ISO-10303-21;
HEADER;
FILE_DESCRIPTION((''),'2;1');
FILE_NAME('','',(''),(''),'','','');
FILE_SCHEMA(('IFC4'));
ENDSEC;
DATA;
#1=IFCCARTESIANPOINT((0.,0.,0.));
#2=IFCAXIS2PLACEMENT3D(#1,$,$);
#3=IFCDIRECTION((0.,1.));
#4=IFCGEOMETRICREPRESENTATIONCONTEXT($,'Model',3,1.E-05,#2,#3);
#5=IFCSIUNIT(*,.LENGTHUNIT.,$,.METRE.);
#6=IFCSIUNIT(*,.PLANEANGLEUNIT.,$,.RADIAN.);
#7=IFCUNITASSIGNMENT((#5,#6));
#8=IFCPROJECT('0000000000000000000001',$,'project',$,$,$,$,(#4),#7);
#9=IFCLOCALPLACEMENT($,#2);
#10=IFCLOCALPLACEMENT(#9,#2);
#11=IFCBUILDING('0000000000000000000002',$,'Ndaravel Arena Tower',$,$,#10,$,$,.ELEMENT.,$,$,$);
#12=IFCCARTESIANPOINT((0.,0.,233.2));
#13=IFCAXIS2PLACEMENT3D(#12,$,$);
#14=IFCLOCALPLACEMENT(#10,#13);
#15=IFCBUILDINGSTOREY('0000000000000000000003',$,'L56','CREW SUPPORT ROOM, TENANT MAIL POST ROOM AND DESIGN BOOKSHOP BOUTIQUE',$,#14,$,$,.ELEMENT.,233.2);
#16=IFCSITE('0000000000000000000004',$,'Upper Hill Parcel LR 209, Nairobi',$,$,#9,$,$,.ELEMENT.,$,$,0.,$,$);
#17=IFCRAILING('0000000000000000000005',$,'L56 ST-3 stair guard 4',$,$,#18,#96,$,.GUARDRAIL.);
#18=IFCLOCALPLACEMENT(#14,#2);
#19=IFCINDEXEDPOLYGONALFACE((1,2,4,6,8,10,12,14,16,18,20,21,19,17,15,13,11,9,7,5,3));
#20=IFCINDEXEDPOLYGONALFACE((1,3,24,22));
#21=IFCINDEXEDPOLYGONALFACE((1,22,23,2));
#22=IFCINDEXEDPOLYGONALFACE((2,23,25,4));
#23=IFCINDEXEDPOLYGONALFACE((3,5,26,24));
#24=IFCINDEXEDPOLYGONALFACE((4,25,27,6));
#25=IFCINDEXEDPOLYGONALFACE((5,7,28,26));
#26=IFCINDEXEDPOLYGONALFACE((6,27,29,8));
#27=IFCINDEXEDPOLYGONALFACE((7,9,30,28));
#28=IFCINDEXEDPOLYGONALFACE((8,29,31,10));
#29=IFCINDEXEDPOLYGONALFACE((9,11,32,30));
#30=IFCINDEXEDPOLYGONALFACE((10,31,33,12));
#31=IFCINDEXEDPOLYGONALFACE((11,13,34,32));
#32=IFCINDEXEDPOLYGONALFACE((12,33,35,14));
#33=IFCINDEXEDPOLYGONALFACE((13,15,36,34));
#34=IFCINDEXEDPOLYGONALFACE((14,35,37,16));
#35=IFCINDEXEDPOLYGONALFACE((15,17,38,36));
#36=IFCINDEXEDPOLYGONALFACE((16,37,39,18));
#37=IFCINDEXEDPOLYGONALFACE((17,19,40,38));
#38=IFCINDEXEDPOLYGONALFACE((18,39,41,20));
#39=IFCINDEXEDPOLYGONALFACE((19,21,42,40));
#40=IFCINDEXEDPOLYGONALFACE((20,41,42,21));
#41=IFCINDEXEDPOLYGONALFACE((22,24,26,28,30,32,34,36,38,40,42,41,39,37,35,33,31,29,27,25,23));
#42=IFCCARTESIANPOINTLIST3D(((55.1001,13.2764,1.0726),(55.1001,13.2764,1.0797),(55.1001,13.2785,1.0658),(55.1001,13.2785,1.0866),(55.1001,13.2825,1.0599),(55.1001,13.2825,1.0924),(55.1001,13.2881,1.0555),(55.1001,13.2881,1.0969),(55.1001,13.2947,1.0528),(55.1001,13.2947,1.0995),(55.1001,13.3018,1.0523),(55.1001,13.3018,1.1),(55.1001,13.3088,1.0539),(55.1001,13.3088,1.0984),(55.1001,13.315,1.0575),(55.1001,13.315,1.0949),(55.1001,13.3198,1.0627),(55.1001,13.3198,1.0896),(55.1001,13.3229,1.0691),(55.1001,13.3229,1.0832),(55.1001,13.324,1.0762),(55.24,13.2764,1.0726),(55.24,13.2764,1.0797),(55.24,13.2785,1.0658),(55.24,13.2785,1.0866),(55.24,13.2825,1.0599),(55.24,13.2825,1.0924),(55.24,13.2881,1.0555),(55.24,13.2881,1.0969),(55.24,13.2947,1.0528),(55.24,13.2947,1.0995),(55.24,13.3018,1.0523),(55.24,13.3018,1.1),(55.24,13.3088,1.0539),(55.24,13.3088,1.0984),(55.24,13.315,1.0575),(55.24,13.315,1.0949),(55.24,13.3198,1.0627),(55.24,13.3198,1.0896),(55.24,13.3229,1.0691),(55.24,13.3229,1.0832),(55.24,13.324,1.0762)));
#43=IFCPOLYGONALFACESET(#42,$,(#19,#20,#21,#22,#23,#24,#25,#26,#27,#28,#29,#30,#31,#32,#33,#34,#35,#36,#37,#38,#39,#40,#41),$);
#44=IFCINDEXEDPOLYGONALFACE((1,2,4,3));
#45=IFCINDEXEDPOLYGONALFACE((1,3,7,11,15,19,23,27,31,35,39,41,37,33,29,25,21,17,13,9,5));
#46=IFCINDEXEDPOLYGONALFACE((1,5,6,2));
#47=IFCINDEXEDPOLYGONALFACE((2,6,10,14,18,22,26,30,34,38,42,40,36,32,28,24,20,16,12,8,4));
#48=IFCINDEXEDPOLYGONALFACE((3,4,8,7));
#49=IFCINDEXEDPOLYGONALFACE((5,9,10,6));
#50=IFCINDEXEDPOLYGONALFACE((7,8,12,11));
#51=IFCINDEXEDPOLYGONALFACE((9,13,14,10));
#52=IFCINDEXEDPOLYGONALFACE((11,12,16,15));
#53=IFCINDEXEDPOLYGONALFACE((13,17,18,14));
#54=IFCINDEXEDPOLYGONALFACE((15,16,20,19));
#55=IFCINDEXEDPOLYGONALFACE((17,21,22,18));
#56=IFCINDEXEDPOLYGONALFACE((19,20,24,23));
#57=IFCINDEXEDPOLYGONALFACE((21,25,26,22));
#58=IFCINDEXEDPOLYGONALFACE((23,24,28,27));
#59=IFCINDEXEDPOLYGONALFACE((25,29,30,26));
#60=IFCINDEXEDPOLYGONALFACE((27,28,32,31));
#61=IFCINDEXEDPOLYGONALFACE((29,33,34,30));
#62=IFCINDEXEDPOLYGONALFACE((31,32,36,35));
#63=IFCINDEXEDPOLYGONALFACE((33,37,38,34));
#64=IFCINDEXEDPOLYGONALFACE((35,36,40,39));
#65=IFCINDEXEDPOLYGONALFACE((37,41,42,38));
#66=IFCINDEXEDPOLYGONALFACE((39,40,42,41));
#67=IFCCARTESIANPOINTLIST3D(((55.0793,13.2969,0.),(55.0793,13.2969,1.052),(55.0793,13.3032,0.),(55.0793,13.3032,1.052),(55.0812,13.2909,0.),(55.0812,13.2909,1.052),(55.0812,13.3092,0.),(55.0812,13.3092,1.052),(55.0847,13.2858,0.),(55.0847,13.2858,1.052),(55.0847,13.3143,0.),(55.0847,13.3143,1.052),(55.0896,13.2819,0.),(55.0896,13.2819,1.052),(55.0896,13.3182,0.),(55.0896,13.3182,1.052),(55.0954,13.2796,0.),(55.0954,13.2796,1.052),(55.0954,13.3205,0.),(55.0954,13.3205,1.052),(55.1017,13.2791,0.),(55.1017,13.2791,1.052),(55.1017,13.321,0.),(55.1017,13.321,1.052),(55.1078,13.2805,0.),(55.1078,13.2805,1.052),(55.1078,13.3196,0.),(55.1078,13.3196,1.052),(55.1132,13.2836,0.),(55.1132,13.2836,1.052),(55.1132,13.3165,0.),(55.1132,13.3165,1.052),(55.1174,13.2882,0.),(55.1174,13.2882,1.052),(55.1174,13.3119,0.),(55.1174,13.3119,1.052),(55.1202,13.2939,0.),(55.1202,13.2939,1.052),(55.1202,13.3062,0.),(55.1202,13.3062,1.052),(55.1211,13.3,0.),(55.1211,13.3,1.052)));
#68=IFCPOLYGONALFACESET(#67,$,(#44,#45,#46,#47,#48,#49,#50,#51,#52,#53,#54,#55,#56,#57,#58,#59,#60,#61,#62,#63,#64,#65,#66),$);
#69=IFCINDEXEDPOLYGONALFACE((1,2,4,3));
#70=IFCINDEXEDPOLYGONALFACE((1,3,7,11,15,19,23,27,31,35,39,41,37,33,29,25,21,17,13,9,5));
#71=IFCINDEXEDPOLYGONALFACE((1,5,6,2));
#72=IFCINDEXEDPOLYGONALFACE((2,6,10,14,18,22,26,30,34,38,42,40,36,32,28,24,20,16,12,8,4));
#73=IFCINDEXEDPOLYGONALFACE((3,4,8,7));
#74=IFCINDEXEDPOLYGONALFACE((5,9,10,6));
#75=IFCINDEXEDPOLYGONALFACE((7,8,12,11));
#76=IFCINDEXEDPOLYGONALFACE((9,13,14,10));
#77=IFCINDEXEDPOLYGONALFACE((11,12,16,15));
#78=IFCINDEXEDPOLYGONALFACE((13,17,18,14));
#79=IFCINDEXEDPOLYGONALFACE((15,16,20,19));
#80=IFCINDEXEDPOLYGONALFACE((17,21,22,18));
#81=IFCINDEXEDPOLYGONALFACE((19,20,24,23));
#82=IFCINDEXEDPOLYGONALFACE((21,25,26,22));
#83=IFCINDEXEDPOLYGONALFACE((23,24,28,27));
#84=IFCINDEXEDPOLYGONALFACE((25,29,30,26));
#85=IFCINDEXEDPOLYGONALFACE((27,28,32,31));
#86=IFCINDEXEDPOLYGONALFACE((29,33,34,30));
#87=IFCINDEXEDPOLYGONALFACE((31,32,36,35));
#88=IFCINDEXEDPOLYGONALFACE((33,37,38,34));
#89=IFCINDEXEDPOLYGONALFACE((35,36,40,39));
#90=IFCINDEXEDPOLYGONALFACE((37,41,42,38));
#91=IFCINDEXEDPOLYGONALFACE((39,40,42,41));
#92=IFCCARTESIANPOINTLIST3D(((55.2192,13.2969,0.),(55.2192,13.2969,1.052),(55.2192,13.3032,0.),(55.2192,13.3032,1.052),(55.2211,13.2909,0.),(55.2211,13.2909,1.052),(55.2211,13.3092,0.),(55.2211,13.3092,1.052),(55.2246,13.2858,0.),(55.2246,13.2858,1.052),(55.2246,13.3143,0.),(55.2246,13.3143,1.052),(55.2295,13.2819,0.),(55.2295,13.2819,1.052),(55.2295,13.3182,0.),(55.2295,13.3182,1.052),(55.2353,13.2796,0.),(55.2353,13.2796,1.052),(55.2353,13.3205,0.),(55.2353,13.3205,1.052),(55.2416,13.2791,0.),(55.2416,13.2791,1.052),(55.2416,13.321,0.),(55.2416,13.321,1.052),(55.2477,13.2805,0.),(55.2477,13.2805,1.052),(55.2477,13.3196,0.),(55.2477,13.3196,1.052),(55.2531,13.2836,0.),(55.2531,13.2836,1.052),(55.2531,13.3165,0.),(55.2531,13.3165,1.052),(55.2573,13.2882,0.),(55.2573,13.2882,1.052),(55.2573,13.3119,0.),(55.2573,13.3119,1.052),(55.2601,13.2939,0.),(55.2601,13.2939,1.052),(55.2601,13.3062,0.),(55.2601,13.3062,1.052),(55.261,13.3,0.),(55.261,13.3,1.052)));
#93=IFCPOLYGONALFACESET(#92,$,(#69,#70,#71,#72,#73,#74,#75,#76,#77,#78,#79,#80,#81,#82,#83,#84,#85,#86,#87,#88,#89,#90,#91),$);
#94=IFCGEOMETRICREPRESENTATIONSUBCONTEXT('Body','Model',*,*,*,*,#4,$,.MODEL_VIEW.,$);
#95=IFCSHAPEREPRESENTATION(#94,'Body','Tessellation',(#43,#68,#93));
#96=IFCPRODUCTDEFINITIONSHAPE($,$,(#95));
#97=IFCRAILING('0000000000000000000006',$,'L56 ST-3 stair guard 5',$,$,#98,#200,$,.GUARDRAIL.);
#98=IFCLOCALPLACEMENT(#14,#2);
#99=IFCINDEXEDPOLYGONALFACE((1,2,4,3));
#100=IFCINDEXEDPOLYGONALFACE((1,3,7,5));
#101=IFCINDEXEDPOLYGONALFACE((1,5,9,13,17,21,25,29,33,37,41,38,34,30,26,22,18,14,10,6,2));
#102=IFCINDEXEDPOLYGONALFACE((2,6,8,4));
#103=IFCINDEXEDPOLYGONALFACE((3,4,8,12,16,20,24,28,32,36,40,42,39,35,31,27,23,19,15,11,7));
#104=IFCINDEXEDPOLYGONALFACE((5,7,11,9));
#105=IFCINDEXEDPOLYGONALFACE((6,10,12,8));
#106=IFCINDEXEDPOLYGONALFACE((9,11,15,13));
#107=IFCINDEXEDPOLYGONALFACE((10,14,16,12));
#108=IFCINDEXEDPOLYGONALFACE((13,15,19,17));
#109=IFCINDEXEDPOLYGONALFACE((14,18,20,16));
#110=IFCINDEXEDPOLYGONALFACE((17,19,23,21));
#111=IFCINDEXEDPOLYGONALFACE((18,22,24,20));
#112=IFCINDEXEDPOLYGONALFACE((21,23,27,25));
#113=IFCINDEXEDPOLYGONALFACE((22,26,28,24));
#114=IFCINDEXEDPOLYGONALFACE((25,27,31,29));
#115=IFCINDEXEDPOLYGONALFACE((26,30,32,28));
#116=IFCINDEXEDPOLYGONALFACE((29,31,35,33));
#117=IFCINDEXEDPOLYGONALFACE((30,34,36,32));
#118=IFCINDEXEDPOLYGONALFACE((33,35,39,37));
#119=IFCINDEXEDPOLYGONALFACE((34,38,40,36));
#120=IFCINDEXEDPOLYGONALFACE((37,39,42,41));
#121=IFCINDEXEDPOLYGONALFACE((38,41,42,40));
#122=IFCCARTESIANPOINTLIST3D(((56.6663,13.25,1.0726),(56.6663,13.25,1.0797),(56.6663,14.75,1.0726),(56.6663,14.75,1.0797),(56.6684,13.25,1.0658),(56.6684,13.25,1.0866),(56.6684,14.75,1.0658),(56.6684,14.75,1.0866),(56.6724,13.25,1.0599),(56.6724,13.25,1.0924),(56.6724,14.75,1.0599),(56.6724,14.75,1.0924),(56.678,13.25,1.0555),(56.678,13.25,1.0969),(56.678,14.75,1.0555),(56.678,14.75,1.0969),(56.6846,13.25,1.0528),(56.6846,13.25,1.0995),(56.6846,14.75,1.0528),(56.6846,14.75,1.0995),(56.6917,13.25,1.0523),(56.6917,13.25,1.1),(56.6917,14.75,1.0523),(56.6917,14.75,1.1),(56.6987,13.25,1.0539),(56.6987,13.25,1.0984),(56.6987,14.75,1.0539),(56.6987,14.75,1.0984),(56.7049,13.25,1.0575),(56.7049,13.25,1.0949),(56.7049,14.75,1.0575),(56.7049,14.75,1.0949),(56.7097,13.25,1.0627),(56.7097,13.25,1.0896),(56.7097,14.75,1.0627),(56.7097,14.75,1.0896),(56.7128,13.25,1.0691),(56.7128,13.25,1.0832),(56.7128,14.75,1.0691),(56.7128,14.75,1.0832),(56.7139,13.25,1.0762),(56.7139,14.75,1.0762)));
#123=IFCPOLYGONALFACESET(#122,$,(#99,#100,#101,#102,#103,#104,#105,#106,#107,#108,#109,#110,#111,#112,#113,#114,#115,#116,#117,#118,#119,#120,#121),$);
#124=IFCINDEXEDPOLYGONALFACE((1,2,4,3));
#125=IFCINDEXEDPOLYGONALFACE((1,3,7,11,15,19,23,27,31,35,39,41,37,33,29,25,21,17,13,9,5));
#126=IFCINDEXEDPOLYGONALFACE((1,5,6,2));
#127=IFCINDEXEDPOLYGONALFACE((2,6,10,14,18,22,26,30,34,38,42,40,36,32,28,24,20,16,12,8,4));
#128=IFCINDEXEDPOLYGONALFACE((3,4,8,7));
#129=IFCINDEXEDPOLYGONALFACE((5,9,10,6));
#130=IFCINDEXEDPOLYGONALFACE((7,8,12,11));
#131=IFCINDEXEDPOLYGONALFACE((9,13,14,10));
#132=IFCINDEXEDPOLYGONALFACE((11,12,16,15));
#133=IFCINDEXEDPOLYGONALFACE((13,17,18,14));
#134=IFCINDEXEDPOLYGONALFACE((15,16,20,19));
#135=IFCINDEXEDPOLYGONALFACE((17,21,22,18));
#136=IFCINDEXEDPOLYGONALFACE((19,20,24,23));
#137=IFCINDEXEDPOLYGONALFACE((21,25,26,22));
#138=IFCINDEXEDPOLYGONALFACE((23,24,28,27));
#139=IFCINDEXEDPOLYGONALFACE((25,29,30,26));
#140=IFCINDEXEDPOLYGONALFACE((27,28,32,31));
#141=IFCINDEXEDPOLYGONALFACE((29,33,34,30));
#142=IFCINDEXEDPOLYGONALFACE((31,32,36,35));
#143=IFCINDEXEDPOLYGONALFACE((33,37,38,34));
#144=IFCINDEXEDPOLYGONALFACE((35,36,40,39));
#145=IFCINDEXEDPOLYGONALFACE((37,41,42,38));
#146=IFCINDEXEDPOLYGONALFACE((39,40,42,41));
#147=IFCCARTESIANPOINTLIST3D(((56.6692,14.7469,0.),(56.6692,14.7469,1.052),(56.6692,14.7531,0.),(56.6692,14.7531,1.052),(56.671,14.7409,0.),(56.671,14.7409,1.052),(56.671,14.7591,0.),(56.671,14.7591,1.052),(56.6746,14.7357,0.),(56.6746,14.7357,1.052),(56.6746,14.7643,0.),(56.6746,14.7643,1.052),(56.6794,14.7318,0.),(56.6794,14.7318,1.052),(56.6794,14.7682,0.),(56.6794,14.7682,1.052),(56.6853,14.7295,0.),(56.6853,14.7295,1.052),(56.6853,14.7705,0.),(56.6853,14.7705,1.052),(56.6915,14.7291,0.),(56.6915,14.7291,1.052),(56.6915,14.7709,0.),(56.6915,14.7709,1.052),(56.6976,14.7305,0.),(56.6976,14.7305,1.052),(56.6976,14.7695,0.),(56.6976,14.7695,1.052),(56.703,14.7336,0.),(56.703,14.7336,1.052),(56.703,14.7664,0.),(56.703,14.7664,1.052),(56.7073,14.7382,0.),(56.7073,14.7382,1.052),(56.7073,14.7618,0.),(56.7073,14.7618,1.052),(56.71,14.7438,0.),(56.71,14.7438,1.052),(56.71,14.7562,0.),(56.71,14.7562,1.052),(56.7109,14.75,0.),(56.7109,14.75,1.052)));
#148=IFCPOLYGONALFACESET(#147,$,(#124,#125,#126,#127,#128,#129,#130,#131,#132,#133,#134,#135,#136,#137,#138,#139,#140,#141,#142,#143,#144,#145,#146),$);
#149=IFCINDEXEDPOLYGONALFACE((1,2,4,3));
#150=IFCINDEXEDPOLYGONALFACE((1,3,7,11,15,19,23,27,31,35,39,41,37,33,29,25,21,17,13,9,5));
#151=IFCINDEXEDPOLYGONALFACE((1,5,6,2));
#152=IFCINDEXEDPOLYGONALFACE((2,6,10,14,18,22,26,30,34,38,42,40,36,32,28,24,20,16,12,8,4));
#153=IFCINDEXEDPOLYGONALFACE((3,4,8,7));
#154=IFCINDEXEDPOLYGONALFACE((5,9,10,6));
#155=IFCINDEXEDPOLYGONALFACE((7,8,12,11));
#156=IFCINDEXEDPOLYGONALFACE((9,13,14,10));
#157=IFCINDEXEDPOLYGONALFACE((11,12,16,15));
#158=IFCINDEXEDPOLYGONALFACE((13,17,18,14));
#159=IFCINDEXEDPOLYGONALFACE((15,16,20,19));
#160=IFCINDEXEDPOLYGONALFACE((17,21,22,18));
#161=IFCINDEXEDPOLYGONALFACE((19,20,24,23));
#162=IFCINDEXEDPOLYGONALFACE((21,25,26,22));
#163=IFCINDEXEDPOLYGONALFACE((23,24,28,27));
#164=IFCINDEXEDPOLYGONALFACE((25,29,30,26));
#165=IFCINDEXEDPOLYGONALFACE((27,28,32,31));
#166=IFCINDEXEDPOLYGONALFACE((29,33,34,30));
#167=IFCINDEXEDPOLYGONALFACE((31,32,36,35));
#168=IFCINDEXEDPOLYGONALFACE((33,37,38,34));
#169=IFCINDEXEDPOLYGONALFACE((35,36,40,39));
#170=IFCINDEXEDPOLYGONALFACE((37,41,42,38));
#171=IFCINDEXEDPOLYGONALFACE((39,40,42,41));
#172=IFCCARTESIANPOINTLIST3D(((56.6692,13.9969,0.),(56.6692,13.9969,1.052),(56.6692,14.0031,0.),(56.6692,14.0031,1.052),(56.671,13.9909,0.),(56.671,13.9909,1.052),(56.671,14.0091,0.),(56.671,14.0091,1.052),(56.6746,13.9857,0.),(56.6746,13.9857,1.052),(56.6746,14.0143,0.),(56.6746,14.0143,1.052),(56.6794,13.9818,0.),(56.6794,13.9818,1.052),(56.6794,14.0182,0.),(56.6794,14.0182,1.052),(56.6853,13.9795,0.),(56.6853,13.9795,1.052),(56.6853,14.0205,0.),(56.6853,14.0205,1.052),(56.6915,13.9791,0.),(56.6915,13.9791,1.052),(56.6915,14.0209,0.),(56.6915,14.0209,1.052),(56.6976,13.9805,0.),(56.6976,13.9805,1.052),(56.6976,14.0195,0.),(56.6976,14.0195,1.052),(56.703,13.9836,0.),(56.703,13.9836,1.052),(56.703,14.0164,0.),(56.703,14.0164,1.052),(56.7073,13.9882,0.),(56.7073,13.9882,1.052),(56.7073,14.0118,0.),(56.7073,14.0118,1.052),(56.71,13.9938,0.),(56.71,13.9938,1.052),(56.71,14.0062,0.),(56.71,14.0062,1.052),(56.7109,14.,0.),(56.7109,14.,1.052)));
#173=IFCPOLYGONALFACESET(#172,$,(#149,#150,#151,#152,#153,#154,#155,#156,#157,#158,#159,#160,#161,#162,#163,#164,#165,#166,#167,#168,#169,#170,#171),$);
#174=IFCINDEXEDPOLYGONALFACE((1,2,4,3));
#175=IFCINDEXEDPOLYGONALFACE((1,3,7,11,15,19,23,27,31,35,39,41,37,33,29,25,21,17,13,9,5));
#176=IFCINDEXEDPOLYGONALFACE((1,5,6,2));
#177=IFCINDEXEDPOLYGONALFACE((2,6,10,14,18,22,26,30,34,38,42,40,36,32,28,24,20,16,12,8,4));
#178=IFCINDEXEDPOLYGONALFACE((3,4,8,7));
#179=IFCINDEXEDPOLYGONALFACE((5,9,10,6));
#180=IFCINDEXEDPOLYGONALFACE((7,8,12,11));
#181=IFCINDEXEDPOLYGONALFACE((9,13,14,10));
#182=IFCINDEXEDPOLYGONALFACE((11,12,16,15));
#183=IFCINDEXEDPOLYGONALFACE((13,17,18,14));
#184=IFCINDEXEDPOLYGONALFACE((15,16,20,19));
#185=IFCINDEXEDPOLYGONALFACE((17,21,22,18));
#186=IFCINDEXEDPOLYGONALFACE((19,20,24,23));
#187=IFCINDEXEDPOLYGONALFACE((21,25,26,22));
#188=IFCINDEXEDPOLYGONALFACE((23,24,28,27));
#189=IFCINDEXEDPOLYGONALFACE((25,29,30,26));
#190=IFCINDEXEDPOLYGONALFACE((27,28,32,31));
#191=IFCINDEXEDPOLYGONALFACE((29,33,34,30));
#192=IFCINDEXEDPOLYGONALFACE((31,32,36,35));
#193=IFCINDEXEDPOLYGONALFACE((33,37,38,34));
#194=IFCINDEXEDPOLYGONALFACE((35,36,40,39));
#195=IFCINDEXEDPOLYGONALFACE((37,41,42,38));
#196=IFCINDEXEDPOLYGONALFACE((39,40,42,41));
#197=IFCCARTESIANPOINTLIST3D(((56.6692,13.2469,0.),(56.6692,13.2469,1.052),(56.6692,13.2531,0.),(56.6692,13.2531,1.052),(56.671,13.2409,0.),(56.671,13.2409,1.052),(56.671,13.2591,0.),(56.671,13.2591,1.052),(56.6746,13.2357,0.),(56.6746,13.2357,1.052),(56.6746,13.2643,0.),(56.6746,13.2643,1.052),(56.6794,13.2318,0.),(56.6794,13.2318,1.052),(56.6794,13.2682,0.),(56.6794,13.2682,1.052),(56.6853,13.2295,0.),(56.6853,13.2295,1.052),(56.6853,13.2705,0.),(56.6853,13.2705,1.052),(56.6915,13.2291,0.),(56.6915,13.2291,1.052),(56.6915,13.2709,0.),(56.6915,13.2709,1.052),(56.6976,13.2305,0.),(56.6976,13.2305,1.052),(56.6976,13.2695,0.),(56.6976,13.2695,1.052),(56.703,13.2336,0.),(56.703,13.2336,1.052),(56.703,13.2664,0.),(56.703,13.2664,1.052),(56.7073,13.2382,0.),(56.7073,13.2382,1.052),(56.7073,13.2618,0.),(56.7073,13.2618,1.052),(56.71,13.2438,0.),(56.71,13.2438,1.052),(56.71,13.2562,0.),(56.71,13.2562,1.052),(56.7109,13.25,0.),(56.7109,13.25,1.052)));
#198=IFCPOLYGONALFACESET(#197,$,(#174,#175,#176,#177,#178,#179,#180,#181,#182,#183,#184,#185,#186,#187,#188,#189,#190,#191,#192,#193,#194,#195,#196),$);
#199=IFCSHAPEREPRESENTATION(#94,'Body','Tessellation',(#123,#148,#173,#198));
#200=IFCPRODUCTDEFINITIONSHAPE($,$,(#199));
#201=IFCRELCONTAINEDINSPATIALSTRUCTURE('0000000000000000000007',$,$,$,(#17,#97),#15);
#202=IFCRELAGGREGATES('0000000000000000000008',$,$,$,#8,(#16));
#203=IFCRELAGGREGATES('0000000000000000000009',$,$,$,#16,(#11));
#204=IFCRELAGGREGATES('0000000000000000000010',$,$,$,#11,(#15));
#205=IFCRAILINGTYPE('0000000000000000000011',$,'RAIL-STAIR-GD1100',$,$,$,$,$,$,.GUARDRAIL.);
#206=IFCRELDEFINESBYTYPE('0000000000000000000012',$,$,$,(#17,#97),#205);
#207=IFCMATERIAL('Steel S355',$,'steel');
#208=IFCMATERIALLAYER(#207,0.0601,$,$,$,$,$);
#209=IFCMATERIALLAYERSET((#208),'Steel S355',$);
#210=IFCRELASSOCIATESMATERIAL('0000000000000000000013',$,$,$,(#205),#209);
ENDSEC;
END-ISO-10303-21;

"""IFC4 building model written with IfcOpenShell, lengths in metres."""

from ifc_helpers import new_model, si_unit, direction, frame, origin, origin_2d, place, context, subcontext, project, spatial, circle, extrude, material, layer, layer_set, type_object, element, save


model = new_model("IFC4")

# Units and contexts
model_context = context("Model", 3, precision=1e-05, world=origin(), true_north=direction((0.0, 1.0)))
body_context = subcontext(model_context, "Body", "Model", "MODEL_VIEW")
ifc_project = project(units=[si_unit("LENGTHUNIT", "METRE"), si_unit("PLANEANGLEUNIT", "RADIAN")], contexts=[model_context])

# Site, building, storey
site_placement = place(None, origin())
site = spatial("IfcSite", under=ifc_project, at=site_placement, Name="Upper Hill Parcel LR 209, Nairobi", CompositionType="ELEMENT", RefElevation=0.0)
building_placement = place(site_placement, origin())
building = spatial("IfcBuilding", under=site, at=building_placement, Name="Ndaravel Arena Tower", CompositionType="ELEMENT")
storey_placement = place(building_placement, frame((0.0, 0.0, 233.2)))
storey = spatial("IfcBuildingStorey", under=building, at=storey_placement, Name="L56", Description="CREW SUPPORT ROOM, TENANT MAIL POST ROOM AND DESIGN BOOKSHOP BOUTIQUE", CompositionType="ELEMENT", Elevation=233.2)

# Railings
ifc_material_1 = material(Name="Steel S355", Category="steel")
ifc_layer_1 = layer(ifc_material_1, 0.0601)
ifc_layer_set_1 = layer_set([ifc_layer_1], Name="Steel S355")
railing_type_1 = type_object("IfcRailingType", Name="RAIL-STAIR-GD1100", PredefinedType="GUARDRAIL", material=ifc_layer_set_1)
railing_1_placement = place(storey_placement, frame((55.1001, 13.3, 0.0)))
element("IfcRailing", 1, at=railing_1_placement, inside=storey, type_object=railing_type_1, Name="L56 ST-3 stair guard 4", PredefinedType="GUARDRAIL", context=body_context, shape_type="SweptSolid", body=[
    extrude(circle(Radius=0.0239, at=origin_2d()), frame((0.0, 0.0, 1.0762), z_axis=(1.0, 0.0, 0.0), x_axis=(0.0, 1.0, 0.0)), (0.0, 0.0, 1.0), 0.1399),
    extrude(circle(Radius=0.021, at=origin_2d()), origin(), (0.0, 0.0, 1.0), 1.052),
    extrude(circle(Radius=0.021, at=origin_2d()), frame((0.1399, 0.0, 0.0)), (0.0, 0.0, 1.0), 1.052),
])
railing_2_placement = place(storey_placement, frame((56.6899, 14.75, 0.0)))
element("IfcRailing", 2, at=railing_2_placement, inside=storey, type_object=railing_type_1, Name="L56 ST-3 stair guard 5", PredefinedType="GUARDRAIL", context=body_context, shape_type="SweptSolid", body=[
    extrude(circle(Radius=0.0239, at=origin_2d()), frame((0.0, 0.0, 1.0762), z_axis=(0.0, -1.0, 0.0), x_axis=(1.0, 0.0, 0.0)), (0.0, 0.0, 1.0), 1.5),
    extrude(circle(Radius=0.021, at=origin_2d()), origin(), (0.0, 0.0, 1.0), 1.052),
    extrude(circle(Radius=0.021, at=origin_2d()), frame((0.0, -0.75, 0.0)), (0.0, 0.0, 1.0), 1.052),
    extrude(circle(Radius=0.021, at=origin_2d()), frame((0.0, -1.5, 0.0)), (0.0, 0.0, 1.0), 1.052),
])

save(model, "model.ifc")
